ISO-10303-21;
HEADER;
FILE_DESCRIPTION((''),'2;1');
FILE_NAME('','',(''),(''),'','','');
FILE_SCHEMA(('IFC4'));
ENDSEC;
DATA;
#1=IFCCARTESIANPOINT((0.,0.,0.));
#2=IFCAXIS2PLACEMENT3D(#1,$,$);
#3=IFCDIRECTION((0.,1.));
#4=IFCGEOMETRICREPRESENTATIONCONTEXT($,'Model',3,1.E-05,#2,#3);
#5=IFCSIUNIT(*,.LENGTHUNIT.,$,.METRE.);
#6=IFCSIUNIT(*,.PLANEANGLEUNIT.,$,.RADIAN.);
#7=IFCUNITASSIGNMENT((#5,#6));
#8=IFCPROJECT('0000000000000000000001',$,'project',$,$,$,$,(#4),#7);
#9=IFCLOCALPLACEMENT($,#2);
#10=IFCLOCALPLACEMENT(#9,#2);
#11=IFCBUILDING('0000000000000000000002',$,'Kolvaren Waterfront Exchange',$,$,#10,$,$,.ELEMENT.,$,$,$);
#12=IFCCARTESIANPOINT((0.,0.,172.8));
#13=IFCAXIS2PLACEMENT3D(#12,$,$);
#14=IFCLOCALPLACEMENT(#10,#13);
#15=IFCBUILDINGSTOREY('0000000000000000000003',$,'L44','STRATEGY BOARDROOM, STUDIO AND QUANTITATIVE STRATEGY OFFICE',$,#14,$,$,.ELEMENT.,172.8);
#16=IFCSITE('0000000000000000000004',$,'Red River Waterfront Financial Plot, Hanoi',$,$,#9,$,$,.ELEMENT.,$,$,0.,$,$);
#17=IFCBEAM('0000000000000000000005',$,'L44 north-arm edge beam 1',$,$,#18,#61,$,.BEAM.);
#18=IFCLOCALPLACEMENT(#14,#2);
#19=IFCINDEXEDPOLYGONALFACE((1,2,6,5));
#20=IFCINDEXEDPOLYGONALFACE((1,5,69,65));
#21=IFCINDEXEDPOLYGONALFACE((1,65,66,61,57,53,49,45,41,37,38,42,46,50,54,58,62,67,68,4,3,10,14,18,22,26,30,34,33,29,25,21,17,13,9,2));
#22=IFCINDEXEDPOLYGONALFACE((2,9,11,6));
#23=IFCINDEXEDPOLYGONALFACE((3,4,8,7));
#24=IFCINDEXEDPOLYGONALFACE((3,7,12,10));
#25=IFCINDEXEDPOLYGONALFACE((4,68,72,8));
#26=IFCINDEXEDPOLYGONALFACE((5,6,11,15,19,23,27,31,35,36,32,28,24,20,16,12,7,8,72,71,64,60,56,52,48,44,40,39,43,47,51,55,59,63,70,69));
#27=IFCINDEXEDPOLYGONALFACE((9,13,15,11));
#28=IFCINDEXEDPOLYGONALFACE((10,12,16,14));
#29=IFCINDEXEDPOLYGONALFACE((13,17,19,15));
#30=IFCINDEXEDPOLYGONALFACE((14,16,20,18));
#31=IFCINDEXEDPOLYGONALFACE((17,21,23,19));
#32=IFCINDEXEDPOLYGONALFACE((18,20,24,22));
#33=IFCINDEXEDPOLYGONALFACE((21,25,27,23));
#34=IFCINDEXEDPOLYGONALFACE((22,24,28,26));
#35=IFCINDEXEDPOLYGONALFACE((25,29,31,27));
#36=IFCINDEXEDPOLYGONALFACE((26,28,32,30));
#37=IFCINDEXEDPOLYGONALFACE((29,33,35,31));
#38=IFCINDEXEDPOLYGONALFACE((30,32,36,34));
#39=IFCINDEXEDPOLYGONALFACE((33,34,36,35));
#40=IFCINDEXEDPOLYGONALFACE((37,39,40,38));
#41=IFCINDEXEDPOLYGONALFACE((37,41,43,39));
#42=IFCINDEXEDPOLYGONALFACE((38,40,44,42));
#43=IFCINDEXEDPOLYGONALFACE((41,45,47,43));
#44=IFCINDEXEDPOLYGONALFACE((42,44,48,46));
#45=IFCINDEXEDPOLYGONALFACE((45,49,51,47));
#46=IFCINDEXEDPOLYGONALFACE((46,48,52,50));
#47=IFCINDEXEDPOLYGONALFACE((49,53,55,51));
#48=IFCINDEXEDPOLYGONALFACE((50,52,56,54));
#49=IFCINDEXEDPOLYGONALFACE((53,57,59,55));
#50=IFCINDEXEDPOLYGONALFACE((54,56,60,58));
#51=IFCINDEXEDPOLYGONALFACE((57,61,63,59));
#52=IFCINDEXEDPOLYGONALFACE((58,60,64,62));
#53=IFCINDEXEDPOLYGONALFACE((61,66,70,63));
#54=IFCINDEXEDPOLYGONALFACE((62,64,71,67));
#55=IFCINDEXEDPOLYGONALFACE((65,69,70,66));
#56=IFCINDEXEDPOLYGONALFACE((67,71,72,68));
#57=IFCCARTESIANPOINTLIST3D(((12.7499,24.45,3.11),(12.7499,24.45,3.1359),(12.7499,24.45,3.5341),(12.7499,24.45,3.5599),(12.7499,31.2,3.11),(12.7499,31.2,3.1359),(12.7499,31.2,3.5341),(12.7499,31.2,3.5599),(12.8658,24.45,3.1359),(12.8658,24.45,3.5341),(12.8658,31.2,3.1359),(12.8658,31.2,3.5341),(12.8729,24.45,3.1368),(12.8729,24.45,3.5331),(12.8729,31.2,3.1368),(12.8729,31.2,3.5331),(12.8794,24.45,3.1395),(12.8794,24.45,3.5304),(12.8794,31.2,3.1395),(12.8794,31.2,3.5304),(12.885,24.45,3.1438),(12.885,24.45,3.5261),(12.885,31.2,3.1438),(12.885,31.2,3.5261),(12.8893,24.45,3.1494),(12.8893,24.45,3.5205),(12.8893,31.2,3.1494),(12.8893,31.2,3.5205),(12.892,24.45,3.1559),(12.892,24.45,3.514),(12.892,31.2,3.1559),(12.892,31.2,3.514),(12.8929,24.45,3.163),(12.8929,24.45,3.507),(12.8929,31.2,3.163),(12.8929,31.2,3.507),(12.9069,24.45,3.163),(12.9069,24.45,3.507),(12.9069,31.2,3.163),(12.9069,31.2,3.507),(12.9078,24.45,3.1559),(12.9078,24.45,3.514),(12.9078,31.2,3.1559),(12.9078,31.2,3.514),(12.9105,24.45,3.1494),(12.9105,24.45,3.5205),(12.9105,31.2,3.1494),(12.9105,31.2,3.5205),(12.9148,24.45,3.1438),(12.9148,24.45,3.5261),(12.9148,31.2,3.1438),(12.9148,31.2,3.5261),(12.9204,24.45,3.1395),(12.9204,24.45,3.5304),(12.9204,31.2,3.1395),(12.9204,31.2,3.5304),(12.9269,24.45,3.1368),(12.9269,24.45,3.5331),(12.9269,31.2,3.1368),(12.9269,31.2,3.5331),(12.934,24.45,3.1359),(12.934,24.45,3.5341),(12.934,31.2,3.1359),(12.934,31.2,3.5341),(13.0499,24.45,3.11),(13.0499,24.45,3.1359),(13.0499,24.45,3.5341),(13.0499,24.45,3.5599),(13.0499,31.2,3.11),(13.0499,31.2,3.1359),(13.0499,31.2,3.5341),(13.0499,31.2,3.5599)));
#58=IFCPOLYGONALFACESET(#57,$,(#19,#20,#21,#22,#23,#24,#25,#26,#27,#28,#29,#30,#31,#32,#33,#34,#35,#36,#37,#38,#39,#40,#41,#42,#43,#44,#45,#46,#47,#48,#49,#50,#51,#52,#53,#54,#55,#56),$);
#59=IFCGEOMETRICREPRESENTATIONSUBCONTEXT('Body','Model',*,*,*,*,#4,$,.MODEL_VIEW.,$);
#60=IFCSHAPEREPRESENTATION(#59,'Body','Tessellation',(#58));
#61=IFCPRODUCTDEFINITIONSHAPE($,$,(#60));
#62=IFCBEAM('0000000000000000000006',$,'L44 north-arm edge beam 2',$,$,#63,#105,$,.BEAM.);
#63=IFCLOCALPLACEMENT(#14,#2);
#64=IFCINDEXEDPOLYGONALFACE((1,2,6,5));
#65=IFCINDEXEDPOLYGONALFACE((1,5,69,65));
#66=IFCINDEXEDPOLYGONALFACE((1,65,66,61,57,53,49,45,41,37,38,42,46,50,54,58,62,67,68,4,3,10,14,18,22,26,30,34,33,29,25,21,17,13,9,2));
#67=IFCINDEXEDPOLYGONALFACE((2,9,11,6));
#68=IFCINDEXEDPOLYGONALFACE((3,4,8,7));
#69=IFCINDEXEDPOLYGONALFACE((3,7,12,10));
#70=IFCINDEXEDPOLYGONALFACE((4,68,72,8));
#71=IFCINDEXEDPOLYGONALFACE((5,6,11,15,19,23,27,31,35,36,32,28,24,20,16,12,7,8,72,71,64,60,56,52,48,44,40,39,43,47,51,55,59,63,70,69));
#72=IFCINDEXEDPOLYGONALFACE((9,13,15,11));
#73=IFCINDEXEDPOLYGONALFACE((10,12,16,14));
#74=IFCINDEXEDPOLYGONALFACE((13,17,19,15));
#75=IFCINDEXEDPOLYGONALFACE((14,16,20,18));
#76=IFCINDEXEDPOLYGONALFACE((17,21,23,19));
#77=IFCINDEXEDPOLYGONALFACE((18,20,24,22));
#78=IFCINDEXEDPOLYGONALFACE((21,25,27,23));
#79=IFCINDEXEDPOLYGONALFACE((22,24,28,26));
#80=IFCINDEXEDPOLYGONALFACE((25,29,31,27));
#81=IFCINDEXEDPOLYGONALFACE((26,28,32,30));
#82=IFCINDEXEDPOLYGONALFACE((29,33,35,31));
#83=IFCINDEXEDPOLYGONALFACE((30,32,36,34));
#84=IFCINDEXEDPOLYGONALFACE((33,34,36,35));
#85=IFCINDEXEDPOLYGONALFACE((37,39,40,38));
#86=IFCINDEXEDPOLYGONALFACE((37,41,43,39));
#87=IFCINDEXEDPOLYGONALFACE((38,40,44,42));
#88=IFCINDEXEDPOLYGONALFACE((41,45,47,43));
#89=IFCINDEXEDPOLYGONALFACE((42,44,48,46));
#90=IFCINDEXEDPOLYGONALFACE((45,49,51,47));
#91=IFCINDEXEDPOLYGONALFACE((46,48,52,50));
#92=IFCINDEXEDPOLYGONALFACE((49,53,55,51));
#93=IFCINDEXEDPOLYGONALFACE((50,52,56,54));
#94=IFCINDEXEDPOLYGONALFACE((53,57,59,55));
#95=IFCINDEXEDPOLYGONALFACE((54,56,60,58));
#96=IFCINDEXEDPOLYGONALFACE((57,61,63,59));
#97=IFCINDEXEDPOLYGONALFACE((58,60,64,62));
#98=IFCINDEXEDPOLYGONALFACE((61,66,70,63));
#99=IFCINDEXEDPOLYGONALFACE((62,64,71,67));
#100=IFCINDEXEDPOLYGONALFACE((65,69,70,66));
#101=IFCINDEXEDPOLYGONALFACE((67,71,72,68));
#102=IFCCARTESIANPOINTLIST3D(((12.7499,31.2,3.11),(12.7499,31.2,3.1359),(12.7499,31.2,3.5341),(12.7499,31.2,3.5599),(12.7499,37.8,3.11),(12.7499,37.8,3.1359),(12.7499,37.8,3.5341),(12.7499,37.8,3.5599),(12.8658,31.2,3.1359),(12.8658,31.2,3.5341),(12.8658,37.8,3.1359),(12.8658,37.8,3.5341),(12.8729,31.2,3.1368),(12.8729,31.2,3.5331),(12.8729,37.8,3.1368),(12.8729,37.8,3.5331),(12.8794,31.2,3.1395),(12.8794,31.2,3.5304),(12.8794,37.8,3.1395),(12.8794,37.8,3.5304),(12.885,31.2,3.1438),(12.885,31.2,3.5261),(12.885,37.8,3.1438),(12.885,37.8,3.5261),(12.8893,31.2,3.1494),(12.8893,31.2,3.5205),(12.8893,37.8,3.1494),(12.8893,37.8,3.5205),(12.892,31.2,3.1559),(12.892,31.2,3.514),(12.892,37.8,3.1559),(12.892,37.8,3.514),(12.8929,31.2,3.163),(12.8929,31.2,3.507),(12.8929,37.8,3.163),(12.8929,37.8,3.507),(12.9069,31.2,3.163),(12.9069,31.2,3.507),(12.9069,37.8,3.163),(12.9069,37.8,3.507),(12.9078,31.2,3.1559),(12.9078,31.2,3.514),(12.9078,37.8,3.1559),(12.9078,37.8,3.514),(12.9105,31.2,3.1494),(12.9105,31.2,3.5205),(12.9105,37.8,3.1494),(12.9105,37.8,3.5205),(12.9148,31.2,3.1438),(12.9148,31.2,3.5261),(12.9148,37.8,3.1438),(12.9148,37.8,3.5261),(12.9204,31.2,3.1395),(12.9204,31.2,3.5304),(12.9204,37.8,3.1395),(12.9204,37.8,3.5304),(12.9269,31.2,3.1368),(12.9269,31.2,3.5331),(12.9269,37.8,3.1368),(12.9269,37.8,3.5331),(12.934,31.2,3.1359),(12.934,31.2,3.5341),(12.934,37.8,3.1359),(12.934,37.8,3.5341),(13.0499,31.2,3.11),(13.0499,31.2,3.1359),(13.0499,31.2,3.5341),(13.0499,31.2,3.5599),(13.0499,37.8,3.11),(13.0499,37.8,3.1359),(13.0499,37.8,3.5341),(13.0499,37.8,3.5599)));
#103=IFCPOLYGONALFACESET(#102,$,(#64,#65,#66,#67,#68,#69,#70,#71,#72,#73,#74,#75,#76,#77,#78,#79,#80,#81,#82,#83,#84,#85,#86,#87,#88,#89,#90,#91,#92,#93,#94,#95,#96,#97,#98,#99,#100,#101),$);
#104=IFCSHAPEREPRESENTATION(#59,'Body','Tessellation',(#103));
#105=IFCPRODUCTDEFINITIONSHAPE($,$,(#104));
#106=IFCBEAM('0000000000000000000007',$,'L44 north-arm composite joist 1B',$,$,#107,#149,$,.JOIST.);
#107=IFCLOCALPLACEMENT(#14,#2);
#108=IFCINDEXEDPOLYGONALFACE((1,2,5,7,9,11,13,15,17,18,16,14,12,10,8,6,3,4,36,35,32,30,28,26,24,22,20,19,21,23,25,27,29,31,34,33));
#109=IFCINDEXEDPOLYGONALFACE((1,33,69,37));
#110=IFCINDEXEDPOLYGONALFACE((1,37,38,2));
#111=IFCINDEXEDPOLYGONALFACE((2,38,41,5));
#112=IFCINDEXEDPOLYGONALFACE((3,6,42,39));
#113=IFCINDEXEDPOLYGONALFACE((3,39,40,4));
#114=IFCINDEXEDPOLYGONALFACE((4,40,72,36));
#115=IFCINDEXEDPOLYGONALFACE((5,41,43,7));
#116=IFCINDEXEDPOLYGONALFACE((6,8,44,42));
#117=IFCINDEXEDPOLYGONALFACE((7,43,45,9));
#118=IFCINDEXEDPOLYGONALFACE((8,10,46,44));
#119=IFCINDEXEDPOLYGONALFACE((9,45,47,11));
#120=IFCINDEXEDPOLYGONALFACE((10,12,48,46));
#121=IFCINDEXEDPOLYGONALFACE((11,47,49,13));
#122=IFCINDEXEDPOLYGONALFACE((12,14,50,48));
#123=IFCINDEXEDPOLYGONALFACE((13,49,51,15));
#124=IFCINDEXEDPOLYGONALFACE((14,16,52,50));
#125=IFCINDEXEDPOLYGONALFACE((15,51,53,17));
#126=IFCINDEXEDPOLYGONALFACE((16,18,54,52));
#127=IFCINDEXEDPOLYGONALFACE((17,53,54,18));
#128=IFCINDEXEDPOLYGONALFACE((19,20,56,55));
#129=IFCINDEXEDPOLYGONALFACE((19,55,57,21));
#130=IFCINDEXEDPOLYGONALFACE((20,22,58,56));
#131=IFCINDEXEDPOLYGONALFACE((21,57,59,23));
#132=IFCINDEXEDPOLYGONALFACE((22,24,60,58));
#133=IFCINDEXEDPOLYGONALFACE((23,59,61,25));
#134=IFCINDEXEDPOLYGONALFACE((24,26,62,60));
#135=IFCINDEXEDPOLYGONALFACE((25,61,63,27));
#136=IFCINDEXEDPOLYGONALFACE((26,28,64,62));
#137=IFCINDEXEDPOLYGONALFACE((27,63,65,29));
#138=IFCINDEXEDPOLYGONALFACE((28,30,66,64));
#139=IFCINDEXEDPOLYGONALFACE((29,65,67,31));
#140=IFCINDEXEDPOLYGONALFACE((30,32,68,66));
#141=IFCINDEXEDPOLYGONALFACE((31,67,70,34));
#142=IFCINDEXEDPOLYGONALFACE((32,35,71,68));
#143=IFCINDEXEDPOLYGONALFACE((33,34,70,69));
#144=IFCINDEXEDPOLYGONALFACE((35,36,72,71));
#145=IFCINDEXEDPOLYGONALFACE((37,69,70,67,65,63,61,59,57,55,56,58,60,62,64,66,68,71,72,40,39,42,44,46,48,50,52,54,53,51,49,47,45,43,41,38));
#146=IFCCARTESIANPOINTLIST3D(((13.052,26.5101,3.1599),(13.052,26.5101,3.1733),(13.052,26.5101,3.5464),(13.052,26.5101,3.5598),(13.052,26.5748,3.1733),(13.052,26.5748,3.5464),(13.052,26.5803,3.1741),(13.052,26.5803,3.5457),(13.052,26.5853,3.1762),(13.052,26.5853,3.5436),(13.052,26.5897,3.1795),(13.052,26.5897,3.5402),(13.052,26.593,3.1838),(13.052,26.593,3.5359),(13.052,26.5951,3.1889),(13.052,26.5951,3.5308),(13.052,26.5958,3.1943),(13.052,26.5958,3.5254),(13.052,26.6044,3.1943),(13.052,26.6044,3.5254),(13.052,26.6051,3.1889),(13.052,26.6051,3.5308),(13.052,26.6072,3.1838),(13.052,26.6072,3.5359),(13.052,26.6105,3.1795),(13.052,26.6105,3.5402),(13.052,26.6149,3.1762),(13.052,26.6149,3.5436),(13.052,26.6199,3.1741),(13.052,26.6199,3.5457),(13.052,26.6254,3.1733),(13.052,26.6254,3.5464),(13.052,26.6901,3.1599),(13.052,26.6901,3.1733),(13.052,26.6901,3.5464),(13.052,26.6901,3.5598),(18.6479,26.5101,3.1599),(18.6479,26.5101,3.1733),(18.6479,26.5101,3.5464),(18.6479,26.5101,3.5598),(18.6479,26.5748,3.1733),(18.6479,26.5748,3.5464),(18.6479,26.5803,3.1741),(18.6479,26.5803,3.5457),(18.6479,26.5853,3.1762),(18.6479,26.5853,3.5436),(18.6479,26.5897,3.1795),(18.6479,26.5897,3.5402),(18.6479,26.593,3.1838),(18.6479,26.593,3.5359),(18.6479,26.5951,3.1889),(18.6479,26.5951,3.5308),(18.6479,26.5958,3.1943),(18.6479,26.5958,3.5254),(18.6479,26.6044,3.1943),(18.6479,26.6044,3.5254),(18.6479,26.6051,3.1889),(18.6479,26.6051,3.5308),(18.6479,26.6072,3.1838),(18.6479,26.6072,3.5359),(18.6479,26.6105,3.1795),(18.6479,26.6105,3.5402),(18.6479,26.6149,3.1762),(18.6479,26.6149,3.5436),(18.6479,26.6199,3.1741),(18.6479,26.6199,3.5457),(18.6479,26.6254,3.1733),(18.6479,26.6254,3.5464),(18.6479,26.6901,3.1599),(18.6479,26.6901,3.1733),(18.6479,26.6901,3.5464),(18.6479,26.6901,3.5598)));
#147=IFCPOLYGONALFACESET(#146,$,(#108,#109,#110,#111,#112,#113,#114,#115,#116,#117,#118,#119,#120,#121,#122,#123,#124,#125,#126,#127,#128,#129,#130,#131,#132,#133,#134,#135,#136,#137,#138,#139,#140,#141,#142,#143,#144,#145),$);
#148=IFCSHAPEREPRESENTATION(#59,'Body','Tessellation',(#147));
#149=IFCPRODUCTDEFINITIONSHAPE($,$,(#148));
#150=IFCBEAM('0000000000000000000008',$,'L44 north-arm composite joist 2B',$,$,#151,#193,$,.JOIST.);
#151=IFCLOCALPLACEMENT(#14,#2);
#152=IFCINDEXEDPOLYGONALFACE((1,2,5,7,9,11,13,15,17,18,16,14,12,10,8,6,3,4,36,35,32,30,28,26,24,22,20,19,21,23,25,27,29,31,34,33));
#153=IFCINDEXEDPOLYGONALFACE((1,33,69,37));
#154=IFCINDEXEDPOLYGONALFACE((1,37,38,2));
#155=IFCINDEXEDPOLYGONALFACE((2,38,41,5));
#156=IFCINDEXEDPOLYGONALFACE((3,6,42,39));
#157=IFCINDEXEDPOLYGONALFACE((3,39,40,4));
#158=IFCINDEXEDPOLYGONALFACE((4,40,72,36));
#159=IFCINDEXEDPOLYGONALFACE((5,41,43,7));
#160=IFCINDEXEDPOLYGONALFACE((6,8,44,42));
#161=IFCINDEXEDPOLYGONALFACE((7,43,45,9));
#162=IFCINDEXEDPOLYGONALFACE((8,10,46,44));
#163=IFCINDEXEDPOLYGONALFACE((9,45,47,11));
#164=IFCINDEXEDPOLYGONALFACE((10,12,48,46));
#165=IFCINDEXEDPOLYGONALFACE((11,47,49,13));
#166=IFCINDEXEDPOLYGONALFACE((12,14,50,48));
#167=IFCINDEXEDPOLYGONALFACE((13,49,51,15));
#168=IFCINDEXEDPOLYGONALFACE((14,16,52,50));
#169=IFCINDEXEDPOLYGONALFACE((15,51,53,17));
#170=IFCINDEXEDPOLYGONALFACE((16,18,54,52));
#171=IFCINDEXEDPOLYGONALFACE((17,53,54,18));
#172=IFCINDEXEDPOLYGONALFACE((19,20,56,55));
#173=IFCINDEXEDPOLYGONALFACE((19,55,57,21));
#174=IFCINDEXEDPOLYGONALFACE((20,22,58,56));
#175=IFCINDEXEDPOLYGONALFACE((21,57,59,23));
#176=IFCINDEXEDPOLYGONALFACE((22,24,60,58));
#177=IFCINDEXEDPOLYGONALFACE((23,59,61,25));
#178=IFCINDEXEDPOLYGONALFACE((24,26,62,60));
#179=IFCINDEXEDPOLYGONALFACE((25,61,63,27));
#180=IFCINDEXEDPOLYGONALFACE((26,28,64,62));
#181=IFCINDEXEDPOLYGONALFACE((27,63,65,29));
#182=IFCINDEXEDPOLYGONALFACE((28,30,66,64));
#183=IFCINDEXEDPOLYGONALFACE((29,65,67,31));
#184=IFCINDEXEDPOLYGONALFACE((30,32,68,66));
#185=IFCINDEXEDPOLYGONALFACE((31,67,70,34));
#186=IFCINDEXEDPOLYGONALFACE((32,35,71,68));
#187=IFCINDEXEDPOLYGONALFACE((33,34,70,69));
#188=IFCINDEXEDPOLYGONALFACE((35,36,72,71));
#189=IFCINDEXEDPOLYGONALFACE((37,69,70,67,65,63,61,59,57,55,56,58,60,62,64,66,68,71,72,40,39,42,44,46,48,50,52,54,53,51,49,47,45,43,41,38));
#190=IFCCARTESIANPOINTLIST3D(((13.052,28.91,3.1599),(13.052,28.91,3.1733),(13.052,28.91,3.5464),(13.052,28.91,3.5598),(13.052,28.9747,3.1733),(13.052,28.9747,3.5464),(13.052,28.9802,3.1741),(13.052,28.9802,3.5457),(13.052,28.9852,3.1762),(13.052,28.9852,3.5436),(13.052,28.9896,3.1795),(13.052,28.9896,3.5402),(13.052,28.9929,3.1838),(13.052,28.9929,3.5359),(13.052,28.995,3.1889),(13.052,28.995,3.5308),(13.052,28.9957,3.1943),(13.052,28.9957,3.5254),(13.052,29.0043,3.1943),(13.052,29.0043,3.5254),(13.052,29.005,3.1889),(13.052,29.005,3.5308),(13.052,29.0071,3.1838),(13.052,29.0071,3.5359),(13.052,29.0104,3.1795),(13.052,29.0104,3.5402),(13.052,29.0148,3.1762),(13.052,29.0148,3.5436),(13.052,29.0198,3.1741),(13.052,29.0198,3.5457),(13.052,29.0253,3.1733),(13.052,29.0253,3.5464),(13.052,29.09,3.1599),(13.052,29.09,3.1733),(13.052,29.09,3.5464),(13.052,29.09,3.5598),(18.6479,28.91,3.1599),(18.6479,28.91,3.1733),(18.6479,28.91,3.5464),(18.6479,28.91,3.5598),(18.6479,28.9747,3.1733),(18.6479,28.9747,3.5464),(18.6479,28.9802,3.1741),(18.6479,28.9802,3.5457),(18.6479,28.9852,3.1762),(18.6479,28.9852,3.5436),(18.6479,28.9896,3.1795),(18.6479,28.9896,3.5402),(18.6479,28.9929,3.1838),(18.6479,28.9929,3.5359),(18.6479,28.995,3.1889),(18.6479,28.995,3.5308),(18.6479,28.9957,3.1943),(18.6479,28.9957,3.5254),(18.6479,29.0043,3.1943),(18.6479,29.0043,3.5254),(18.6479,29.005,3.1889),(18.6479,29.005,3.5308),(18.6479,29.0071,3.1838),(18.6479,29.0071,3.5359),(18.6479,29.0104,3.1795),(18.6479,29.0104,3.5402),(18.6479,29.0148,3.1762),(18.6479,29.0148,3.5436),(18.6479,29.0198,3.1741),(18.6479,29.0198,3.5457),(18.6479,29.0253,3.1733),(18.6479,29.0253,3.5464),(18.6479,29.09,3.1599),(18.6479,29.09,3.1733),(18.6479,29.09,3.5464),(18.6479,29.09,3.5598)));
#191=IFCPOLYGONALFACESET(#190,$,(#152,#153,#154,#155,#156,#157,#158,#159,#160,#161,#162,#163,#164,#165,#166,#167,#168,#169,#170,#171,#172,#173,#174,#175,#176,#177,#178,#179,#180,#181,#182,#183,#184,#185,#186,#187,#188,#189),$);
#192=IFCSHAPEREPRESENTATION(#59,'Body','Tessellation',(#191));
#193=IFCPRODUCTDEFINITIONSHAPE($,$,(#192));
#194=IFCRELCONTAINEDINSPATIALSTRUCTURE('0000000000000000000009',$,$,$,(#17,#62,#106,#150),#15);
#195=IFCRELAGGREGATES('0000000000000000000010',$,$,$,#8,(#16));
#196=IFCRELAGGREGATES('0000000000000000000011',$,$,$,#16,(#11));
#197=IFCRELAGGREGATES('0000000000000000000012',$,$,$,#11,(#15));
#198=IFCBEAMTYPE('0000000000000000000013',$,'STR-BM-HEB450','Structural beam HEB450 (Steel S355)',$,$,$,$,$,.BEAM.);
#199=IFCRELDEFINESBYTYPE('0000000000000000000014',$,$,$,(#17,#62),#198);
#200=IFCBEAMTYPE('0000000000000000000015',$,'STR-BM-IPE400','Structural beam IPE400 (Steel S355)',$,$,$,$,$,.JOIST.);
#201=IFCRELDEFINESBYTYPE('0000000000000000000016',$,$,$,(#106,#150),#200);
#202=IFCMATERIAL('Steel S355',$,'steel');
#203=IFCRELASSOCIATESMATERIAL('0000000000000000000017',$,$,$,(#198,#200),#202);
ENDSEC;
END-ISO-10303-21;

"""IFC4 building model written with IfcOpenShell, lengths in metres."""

from ifc_helpers import new_model, si_unit, direction, frame, origin, origin_2d, place, context, subcontext, project, spatial, i_section, extrude, material, material_profile, profile_set, type_object, element, save


model = new_model("IFC4")

# Units and contexts
model_context = context("Model", 3, precision=1e-05, world=origin(), true_north=direction((0.0, 1.0)))
body_context = subcontext(model_context, "Body", "Model", "MODEL_VIEW")
ifc_project = project(units=[si_unit("LENGTHUNIT", "METRE"), si_unit("PLANEANGLEUNIT", "RADIAN")], contexts=[model_context])

# Site, building, storey
site_placement = place(None, origin())
site = spatial("IfcSite", under=ifc_project, at=site_placement, Name="Red River Waterfront Financial Plot, Hanoi", CompositionType="ELEMENT", RefElevation=0.0)
building_placement = place(site_placement, origin())
building = spatial("IfcBuilding", under=site, at=building_placement, Name="Kolvaren Waterfront Exchange", CompositionType="ELEMENT")
storey_placement = place(building_placement, frame((0.0, 0.0, 172.8)))
storey = spatial("IfcBuildingStorey", under=building, at=storey_placement, Name="L44", Description="STRATEGY BOARDROOM, STUDIO AND QUANTITATIVE STRATEGY OFFICE", CompositionType="ELEMENT", Elevation=172.8)

# Beams
ifc_material_1 = material(Name="Steel S355", Category="steel")
ifc_material_profile_1 = material_profile(ifc_material_1, i_section(OverallWidth=0.3, OverallDepth=0.45, WebThickness=0.0139, FlangeThickness=0.0259, FilletRadius=0.0271, at=origin_2d()), Name="HEB450")
ifc_profile_set_1 = profile_set([ifc_material_profile_1], Name="Steel S355")
beam_type_1 = type_object("IfcBeamType", Name="STR-BM-HEB450", Description="Structural beam HEB450 (Steel S355)", PredefinedType="BEAM", material=ifc_profile_set_1)
beam_1_placement = place(storey_placement, frame((12.8999, 24.45, 3.335), z_axis=(0.0, 1.0, 0.0), x_axis=(-1.0, 0.0, 0.0)))
element("IfcBeam", 1, at=beam_1_placement, inside=storey, type_object=beam_type_1, Name="L44 north-arm edge beam 1", PredefinedType="BEAM", context=body_context, shape_type="SweptSolid", body=[
    extrude(i_section(OverallWidth=0.3, OverallDepth=0.45, WebThickness=0.0139, FlangeThickness=0.0259, FilletRadius=0.0271, at=origin_2d()), origin(), (0.0, 0.0, 1.0), 6.75),
])
beam_2_placement = place(storey_placement, frame((12.8999, 31.2, 3.335), z_axis=(0.0, 1.0, 0.0), x_axis=(-1.0, 0.0, 0.0)))
element("IfcBeam", 2, at=beam_2_placement, inside=storey, type_object=beam_type_1, Name="L44 north-arm edge beam 2", PredefinedType="BEAM", context=body_context, shape_type="SweptSolid", body=[
    extrude(i_section(OverallWidth=0.3, OverallDepth=0.45, WebThickness=0.0139, FlangeThickness=0.0259, FilletRadius=0.0271, at=origin_2d()), origin(), (0.0, 0.0, 1.0), 6.6001),
])
ifc_material_profile_2 = material_profile(ifc_material_1, i_section(OverallWidth=0.1799, OverallDepth=0.3999, WebThickness=0.0085, FlangeThickness=0.0134, FilletRadius=0.021, at=origin_2d()), Name="IPE400")
ifc_profile_set_2 = profile_set([ifc_material_profile_2], Name="Steel S355")
beam_type_2 = type_object("IfcBeamType", Name="STR-BM-IPE400", Description="Structural beam IPE400 (Steel S355)", PredefinedType="JOIST", material=ifc_profile_set_2)
for number, where, z_axis, x_axis, name in (
    (3, (13.052, 26.6001, 3.3599), (1.0, 0.0, 0.0), (0.0, 1.0, 0.0), "L44 north-arm composite joist 1B"),
    (4, (13.052, 29.0, 3.3599), (1.0, 0.0, 0.0), (0.0, 1.0, 0.0), "L44 north-arm composite joist 2B"),
):
    element("IfcBeam", number, at=place(storey_placement, frame(where, z_axis=z_axis, x_axis=x_axis)), inside=storey, type_object=beam_type_2, Name=name, PredefinedType="JOIST", context=body_context, shape_type="SweptSolid", body=[
        extrude(i_section(OverallWidth=0.1799, OverallDepth=0.3999, WebThickness=0.0085, FlangeThickness=0.0134, FilletRadius=0.021, at=origin_2d()), origin(), (0.0, 0.0, 1.0), 5.5959),
    ])

save(model, "model.ifc")
